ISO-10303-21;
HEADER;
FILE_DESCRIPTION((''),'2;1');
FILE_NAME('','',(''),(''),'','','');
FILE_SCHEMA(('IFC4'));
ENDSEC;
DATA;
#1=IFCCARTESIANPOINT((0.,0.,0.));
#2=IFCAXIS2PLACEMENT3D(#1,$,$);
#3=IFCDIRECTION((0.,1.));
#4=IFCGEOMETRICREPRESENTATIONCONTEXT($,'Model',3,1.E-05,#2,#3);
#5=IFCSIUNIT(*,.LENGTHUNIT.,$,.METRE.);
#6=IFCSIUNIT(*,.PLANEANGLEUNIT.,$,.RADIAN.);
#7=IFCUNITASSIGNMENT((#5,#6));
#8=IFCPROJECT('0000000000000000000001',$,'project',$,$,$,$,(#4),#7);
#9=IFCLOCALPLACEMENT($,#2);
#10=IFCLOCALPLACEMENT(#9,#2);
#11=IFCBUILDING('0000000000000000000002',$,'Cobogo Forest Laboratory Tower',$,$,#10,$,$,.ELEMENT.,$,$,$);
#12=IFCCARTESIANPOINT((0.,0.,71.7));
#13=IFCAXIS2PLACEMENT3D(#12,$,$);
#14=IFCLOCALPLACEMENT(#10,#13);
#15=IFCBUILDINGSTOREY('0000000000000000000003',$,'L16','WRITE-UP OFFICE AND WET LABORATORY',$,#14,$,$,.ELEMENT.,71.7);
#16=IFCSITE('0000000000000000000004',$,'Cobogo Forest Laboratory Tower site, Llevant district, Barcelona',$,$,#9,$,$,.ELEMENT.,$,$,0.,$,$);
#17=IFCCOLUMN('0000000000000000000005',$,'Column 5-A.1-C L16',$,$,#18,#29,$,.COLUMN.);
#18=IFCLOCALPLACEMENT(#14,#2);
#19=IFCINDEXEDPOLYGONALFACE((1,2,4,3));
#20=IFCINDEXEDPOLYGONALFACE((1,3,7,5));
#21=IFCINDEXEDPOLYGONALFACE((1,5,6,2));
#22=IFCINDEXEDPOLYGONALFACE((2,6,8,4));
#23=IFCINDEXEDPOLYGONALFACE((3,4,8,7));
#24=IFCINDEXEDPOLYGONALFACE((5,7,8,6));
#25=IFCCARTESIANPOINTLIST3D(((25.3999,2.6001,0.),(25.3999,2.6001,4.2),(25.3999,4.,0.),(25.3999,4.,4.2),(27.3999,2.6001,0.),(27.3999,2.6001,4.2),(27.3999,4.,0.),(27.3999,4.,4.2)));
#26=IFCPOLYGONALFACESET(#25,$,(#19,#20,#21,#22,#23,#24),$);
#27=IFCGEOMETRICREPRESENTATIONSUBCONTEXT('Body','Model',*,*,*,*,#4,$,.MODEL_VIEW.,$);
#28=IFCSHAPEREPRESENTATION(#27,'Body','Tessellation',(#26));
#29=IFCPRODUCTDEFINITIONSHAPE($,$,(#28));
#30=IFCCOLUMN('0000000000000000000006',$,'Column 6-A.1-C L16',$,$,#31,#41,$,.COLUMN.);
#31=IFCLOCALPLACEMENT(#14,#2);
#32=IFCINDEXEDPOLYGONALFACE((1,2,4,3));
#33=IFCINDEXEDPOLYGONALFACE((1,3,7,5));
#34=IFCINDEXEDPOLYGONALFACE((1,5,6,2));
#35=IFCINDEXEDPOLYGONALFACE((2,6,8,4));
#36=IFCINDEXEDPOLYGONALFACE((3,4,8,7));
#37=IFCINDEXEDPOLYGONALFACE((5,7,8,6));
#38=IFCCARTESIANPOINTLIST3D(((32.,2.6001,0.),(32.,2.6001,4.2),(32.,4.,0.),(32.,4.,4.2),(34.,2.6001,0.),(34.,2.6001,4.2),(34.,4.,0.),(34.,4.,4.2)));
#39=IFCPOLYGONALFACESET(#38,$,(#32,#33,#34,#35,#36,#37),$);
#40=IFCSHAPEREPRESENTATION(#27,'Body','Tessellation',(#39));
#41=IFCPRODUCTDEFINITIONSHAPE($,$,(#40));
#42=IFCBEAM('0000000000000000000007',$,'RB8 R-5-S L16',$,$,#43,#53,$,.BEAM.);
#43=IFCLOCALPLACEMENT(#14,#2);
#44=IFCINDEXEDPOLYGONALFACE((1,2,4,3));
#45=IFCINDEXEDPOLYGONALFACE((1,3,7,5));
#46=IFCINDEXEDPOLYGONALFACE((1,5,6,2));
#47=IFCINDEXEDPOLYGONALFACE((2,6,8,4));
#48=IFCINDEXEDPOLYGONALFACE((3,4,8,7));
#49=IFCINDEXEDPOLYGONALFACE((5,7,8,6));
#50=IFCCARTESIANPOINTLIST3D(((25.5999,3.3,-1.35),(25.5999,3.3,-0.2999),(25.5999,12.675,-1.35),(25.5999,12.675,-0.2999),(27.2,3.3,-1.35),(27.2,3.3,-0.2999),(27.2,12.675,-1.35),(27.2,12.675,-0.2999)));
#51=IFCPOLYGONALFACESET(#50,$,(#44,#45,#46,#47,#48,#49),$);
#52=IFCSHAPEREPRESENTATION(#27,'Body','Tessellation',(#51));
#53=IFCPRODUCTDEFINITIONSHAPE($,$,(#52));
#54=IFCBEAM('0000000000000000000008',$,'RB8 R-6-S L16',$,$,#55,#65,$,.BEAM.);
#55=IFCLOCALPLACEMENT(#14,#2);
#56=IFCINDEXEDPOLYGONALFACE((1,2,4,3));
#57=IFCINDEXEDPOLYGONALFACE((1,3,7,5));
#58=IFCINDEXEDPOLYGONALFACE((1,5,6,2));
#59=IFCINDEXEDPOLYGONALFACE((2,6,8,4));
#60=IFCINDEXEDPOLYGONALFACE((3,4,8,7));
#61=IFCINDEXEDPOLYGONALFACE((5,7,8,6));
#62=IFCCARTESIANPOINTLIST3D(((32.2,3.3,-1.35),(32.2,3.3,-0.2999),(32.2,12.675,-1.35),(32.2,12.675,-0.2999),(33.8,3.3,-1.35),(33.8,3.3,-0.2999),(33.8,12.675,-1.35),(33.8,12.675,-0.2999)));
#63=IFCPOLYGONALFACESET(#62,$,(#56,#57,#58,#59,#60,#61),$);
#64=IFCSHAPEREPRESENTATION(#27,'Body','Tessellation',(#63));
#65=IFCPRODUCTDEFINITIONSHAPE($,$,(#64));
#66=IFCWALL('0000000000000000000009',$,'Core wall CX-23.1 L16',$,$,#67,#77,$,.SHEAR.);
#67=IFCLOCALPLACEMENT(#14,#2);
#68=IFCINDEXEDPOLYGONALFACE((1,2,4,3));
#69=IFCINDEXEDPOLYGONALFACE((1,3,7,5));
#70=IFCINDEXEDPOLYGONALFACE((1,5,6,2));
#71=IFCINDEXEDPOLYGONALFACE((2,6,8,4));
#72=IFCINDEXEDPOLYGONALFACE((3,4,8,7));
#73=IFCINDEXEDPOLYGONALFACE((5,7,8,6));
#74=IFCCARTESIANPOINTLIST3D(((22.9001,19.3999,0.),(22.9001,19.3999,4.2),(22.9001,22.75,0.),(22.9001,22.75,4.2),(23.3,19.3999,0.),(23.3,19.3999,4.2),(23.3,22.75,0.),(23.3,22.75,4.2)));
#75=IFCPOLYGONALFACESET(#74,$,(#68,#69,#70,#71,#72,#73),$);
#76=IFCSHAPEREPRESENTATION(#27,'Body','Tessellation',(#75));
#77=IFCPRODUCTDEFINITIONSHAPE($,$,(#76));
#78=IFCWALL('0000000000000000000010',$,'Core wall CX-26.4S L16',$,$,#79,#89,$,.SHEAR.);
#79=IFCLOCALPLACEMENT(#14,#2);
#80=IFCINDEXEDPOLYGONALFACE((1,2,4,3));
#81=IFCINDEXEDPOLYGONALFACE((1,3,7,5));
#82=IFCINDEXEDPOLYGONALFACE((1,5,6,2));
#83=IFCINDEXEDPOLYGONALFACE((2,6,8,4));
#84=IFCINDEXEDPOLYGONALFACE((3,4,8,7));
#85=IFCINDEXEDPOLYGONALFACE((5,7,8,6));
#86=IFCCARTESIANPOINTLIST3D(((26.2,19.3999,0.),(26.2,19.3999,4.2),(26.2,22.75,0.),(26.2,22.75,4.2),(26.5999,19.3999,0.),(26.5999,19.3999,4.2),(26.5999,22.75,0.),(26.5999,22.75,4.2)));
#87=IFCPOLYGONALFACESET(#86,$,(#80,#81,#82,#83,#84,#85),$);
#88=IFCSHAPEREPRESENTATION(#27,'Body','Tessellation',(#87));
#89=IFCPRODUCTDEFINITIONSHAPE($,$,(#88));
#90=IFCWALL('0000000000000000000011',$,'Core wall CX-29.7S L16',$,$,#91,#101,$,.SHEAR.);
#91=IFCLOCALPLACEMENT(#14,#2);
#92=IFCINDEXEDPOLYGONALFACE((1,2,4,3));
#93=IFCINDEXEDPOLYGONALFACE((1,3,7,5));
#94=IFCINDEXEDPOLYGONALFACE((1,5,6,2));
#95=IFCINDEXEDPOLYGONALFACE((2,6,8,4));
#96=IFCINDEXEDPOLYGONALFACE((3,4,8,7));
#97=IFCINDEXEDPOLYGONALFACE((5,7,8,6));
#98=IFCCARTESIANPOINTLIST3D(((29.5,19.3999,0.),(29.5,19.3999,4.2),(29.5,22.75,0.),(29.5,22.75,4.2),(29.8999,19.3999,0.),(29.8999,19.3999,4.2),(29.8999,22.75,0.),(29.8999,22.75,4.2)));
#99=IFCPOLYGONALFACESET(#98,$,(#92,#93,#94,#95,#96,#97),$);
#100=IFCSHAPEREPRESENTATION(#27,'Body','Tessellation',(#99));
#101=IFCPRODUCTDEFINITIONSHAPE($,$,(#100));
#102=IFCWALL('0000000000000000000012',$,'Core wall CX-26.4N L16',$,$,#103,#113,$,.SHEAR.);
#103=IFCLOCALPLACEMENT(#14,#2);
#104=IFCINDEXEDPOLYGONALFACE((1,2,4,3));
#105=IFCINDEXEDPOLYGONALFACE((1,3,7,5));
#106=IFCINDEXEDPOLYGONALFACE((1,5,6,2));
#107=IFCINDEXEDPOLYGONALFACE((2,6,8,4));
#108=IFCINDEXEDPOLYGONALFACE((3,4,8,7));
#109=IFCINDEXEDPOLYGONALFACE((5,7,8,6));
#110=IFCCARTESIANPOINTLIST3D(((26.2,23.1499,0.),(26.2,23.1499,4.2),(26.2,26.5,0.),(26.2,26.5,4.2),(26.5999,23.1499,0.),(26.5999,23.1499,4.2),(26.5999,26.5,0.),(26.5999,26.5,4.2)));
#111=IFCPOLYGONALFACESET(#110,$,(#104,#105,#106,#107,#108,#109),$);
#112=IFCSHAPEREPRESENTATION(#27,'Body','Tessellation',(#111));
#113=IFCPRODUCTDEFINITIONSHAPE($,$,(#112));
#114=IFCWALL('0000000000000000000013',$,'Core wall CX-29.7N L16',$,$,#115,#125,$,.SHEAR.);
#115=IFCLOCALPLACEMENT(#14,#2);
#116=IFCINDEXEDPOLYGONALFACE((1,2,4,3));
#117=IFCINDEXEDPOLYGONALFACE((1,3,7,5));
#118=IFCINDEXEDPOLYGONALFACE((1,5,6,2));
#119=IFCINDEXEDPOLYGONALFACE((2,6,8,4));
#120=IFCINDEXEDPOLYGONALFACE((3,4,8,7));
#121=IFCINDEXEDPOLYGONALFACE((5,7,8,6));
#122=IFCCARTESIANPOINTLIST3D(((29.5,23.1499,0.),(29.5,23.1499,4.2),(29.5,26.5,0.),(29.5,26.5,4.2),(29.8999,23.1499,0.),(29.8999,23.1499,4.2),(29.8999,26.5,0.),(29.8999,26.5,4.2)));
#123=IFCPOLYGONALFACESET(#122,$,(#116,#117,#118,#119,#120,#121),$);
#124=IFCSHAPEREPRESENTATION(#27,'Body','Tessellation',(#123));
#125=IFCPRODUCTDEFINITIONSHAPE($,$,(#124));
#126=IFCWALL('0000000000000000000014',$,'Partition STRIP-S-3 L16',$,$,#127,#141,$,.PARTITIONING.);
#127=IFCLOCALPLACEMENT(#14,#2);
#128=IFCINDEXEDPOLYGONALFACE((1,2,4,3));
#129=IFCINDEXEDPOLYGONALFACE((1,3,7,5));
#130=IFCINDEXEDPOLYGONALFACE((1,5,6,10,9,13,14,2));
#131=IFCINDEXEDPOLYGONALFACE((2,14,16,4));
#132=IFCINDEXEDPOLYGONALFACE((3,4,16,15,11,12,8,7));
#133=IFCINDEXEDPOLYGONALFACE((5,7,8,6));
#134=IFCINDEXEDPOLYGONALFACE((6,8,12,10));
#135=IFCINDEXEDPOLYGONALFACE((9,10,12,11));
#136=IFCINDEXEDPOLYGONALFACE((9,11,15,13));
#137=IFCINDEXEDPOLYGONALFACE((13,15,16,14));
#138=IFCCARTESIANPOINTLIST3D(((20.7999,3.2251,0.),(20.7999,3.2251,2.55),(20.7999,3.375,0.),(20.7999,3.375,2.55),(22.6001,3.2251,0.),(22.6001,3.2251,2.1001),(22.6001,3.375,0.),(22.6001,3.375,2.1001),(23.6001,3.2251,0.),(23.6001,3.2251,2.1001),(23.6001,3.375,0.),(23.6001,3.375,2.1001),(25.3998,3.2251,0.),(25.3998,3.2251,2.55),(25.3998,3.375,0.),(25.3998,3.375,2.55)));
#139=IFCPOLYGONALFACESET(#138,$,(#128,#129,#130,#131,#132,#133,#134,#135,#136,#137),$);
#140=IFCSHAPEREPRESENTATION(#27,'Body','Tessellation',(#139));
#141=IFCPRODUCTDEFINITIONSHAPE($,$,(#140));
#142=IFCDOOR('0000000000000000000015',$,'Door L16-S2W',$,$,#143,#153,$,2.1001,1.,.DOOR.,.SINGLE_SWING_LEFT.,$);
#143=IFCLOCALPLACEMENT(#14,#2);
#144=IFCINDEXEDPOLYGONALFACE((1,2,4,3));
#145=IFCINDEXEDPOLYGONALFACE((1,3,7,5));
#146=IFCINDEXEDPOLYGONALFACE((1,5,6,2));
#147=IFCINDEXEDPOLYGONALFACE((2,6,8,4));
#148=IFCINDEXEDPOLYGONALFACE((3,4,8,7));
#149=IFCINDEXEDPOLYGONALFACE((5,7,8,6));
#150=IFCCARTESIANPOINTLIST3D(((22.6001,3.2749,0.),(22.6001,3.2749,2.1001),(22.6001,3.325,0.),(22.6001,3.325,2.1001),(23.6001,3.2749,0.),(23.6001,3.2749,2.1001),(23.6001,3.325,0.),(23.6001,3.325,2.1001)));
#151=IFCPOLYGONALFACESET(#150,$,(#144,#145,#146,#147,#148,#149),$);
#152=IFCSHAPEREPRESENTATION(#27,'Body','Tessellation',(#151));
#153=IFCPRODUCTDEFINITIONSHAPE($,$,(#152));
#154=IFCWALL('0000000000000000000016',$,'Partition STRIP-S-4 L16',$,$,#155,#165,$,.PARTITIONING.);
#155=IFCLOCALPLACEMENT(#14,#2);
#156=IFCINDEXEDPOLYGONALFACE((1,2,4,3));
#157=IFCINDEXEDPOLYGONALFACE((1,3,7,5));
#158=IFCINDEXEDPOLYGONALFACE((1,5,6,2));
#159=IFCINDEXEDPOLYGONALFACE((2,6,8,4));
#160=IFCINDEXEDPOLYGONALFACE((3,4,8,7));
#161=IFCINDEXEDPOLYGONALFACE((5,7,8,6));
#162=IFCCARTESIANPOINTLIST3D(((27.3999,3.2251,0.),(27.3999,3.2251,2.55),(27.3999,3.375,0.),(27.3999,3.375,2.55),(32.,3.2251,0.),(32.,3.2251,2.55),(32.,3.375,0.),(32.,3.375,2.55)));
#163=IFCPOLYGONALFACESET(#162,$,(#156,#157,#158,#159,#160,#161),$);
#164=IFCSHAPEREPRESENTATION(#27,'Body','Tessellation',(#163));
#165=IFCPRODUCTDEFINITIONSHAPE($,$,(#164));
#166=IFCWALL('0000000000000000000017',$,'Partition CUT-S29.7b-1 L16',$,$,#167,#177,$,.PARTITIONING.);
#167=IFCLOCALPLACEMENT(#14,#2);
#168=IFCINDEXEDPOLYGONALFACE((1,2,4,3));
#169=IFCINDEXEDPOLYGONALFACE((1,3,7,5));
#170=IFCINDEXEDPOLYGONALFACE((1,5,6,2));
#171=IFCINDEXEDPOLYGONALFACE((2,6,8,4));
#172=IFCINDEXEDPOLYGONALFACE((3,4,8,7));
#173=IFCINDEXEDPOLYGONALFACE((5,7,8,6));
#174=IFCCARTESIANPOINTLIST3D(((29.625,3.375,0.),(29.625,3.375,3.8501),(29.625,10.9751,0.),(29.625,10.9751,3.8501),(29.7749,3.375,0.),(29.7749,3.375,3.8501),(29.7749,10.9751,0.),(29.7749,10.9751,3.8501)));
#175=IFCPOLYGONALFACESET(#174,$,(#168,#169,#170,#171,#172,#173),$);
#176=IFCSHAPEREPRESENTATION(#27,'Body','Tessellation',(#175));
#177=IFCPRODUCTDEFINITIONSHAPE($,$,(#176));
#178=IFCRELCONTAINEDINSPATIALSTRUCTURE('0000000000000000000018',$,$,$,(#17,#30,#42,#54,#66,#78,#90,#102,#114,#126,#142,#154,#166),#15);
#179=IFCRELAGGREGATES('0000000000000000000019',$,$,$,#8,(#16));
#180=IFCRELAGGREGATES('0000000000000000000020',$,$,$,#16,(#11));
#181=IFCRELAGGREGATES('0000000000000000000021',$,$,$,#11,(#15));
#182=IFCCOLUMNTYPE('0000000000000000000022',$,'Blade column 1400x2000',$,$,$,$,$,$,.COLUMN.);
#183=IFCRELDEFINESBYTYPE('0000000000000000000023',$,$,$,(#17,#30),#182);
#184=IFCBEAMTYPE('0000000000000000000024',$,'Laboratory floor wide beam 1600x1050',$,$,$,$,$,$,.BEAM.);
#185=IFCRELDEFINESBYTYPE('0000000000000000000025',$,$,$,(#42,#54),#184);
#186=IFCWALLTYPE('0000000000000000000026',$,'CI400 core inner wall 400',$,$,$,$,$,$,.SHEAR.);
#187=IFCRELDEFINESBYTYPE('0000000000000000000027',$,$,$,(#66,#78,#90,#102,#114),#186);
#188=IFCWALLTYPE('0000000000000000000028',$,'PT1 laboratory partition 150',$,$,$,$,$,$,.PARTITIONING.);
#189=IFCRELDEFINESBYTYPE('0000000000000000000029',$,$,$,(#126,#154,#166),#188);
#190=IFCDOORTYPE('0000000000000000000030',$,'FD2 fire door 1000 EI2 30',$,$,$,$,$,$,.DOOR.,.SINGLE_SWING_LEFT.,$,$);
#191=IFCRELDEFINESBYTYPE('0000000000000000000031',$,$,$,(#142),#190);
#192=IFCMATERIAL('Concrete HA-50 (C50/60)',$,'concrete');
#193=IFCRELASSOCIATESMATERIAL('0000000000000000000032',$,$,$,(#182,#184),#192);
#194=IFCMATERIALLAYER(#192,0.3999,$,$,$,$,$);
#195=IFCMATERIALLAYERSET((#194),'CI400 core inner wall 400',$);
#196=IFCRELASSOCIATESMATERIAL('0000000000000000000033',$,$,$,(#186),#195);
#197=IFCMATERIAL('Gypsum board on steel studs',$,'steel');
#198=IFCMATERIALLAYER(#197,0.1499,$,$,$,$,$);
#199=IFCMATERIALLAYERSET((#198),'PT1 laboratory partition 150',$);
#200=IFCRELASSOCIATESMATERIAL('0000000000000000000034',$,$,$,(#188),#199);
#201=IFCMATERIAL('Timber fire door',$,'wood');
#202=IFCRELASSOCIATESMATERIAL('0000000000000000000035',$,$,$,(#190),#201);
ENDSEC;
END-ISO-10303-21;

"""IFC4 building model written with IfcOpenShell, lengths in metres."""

from ifc_helpers import new_model, si_unit, direction, frame, frame_2d, origin, origin_2d, place, context, subcontext, project, spatial, rectangle, extrude, material, layer, layer_set, material_profile, profile_set, type_object, element, fill, save


model = new_model("IFC4")

# Units and contexts
model_context = context("Model", 3, precision=1e-05, world=origin(), true_north=direction((0.0, 1.0)))
body_context = subcontext(model_context, "Body", "Model", "MODEL_VIEW")
ifc_project = project(units=[si_unit("LENGTHUNIT", "METRE"), si_unit("PLANEANGLEUNIT", "RADIAN")], contexts=[model_context])

# Site, building, storey
site_placement = place(None, origin())
site = spatial("IfcSite", under=ifc_project, at=site_placement, Name="Cobogo Forest Laboratory Tower site, Llevant district, Barcelona", CompositionType="ELEMENT", RefElevation=0.0)
building_placement = place(site_placement, origin())
building = spatial("IfcBuilding", under=site, at=building_placement, Name="Cobogo Forest Laboratory Tower", CompositionType="ELEMENT")
storey_placement = place(building_placement, frame((0.0, 0.0, 71.7)))
storey = spatial("IfcBuildingStorey", under=building, at=storey_placement, Name="L16", Description="WRITE-UP OFFICE AND WET LABORATORY", CompositionType="ELEMENT", Elevation=71.7)

# Columns
ifc_material_1 = material(Name="Concrete HA-50 (C50/60)", Category="concrete")
ifc_material_profile_1 = material_profile(ifc_material_1, rectangle(XDim=2.0, YDim=1.3999, at=origin_2d()), Name="RC 1400x2000")
ifc_profile_set_1 = profile_set([ifc_material_profile_1], Name="Concrete HA-50 (C50/60)")
column_type = type_object("IfcColumnType", Name="Blade column 1400x2000", PredefinedType="COLUMN", material=ifc_profile_set_1)
for number, where, z_axis, x_axis, name in (
    (1, (26.3999, 3.3, 0.0), (0.0, 0.0, 1.0), (1.0, 0.0, 0.0), "Column 5-A.1-C L16"),
    (2, (33.0, 3.3, 0.0), (0.0, 0.0, 1.0), (1.0, 0.0, 0.0), "Column 6-A.1-C L16"),
):
    element("IfcColumn", number, at=place(storey_placement, frame(where, z_axis=z_axis, x_axis=x_axis)), inside=storey, type_object=column_type, Name=name, PredefinedType="COLUMN", context=body_context, shape_type="SweptSolid", body=[
        extrude(rectangle(XDim=2.0, YDim=1.3999, at=origin_2d()), origin(), (0.0, 0.0, 1.0), 4.2),
    ])

# Beams
ifc_material_profile_2 = material_profile(ifc_material_1, rectangle(XDim=1.6001, YDim=1.05, at=origin_2d()), Name="RC 1600x1050")
ifc_profile_set_2 = profile_set([ifc_material_profile_2], Name="Concrete HA-50 (C50/60)")
beam_type = type_object("IfcBeamType", Name="Laboratory floor wide beam 1600x1050", PredefinedType="BEAM", material=ifc_profile_set_2)
for number, where, z_axis, x_axis, name in (
    (3, (26.3999, 12.675, -0.825), (0.0, -1.0, 0.0), (1.0, 0.0, 0.0), "RB8 R-5-S L16"),
    (4, (33.0, 12.675, -0.825), (0.0, -1.0, 0.0), (1.0, 0.0, 0.0), "RB8 R-6-S L16"),
):
    element("IfcBeam", number, at=place(storey_placement, frame(where, z_axis=z_axis, x_axis=x_axis)), inside=storey, type_object=beam_type, Name=name, PredefinedType="BEAM", context=body_context, shape_type="SweptSolid", body=[
        extrude(rectangle(XDim=1.6001, YDim=1.05, at=origin_2d()), origin(), (0.0, 0.0, 1.0), 9.375),
    ])

# Walls
ifc_layer_1 = layer(ifc_material_1, 0.3999)
ifc_layer_set_1 = layer_set([ifc_layer_1], Name="CI400 core inner wall 400")
wall_type_1 = type_object("IfcWallType", Name="CI400 core inner wall 400", PredefinedType="SHEAR", material=ifc_layer_set_1)
for number, where, z_axis, x_axis, name in (
    (5, (23.1001, 19.3999, 0.0), (0.0, 0.0, 1.0), (0.0, 1.0, 0.0), "Core wall CX-23.1 L16"),
    (6, (26.3999, 19.3999, 0.0), (0.0, 0.0, 1.0), (0.0, 1.0, 0.0), "Core wall CX-26.4S L16"),
    (7, (29.7, 19.3999, 0.0), (0.0, 0.0, 1.0), (0.0, 1.0, 0.0), "Core wall CX-29.7S L16"),
    (8, (26.3999, 23.1499, 0.0), (0.0, 0.0, 1.0), (0.0, 1.0, 0.0), "Core wall CX-26.4N L16"),
    (9, (29.7, 23.1499, 0.0), (0.0, 0.0, 1.0), (0.0, 1.0, 0.0), "Core wall CX-29.7N L16"),
):
    element("IfcWall", number, at=place(storey_placement, frame(where, z_axis=z_axis, x_axis=x_axis)), inside=storey, type_object=wall_type_1, Name=name, PredefinedType="SHEAR", context=body_context, shape_type="SweptSolid", body=[
        extrude(rectangle(XDim=3.3501, YDim=0.3999, at=frame_2d((1.675, 0.0))), origin(), (0.0, 0.0, 1.0), 4.2),
    ])

# Wall, opening, door
ifc_material_2 = material(Name="Gypsum board on steel studs", Category="steel")
ifc_layer_2 = layer(ifc_material_2, 0.1499)
ifc_layer_set_2 = layer_set([ifc_layer_2], Name="PT1 laboratory partition 150")
wall_type_2 = type_object("IfcWallType", Name="PT1 laboratory partition 150", PredefinedType="PARTITIONING", material=ifc_layer_set_2)
wall_1_placement = place(storey_placement, frame((20.8, 3.3, 0.0), z_axis=(0.0, 0.0, 1.0), x_axis=(1.0, 0.0, 0.0)))
wall_1 = element("IfcWall", 10, at=wall_1_placement, inside=storey, type_object=wall_type_2, Name="Partition STRIP-S-3 L16", PredefinedType="PARTITIONING", context=body_context, shape_type="SweptSolid", body=[
    extrude(rectangle(XDim=4.5999, YDim=0.1499, at=frame_2d((2.2998, 0.0))), origin(), (0.0, 0.0, 1.0), 2.55),
])
opening_1_placement = place(wall_1_placement, frame((1.8, 0.0, 0.0)))
opening_1 = element("IfcOpeningElement", 11, at=opening_1_placement, cuts=wall_1, PredefinedType="OPENING", context=body_context, shape_type="SweptSolid", body=[
    extrude(rectangle(XDim=1.0, YDim=2.1001, at=frame_2d((0.5, 1.05))), frame((0.0, 0.085, 0.0), z_axis=(0.0, -1.0, 0.0), x_axis=(1.0, 0.0, 0.0)), (0.0, 0.0, 1.0), 0.1699),
])
ifc_material_3 = material(Name="Timber fire door", Category="wood")
door_type_1 = type_object("IfcDoorType", Name="FD2 fire door 1000 EI2 30", OperationType="SINGLE_SWING_LEFT", PredefinedType="DOOR", material=ifc_material_3)
door_1_placement = place(opening_1_placement, origin())
door_1 = element("IfcDoor", 12, at=door_1_placement, inside=storey, type_object=door_type_1, Name="Door L16-S2W", OperationType="SINGLE_SWING_LEFT", OverallHeight=2.1001, OverallWidth=1.0, PredefinedType="DOOR", context=body_context, shape_type="SweptSolid", body=[
    extrude(rectangle(XDim=1.0, YDim=2.1001, at=frame_2d((0.5, 1.05))), frame((0.0, 0.0249, 0.0), z_axis=(0.0, -1.0, 0.0), x_axis=(1.0, 0.0, 0.0)), (0.0, 0.0, 1.0), 0.05),
])
fill(opening_1, door_1)

# Walls
wall_2_placement = place(storey_placement, frame((27.3999, 3.3, 0.0), z_axis=(0.0, 0.0, 1.0), x_axis=(1.0, 0.0, 0.0)))
element("IfcWall", 13, at=wall_2_placement, inside=storey, type_object=wall_type_2, Name="Partition STRIP-S-4 L16", PredefinedType="PARTITIONING", context=body_context, shape_type="SweptSolid", body=[
    extrude(rectangle(XDim=4.6001, YDim=0.1499, at=frame_2d((2.3, 0.0))), origin(), (0.0, 0.0, 1.0), 2.55),
])
wall_3_placement = place(storey_placement, frame((29.7, 3.375, 0.0), z_axis=(0.0, 0.0, 1.0), x_axis=(0.0, 1.0, 0.0)))
element("IfcWall", 14, at=wall_3_placement, inside=storey, type_object=wall_type_2, Name="Partition CUT-S29.7b-1 L16", PredefinedType="PARTITIONING", context=body_context, shape_type="SweptSolid", body=[
    extrude(rectangle(XDim=7.6001, YDim=0.1499, at=frame_2d((3.8, 0.0))), origin(), (0.0, 0.0, 1.0), 3.8501),
])

save(model, "model.ifc")
